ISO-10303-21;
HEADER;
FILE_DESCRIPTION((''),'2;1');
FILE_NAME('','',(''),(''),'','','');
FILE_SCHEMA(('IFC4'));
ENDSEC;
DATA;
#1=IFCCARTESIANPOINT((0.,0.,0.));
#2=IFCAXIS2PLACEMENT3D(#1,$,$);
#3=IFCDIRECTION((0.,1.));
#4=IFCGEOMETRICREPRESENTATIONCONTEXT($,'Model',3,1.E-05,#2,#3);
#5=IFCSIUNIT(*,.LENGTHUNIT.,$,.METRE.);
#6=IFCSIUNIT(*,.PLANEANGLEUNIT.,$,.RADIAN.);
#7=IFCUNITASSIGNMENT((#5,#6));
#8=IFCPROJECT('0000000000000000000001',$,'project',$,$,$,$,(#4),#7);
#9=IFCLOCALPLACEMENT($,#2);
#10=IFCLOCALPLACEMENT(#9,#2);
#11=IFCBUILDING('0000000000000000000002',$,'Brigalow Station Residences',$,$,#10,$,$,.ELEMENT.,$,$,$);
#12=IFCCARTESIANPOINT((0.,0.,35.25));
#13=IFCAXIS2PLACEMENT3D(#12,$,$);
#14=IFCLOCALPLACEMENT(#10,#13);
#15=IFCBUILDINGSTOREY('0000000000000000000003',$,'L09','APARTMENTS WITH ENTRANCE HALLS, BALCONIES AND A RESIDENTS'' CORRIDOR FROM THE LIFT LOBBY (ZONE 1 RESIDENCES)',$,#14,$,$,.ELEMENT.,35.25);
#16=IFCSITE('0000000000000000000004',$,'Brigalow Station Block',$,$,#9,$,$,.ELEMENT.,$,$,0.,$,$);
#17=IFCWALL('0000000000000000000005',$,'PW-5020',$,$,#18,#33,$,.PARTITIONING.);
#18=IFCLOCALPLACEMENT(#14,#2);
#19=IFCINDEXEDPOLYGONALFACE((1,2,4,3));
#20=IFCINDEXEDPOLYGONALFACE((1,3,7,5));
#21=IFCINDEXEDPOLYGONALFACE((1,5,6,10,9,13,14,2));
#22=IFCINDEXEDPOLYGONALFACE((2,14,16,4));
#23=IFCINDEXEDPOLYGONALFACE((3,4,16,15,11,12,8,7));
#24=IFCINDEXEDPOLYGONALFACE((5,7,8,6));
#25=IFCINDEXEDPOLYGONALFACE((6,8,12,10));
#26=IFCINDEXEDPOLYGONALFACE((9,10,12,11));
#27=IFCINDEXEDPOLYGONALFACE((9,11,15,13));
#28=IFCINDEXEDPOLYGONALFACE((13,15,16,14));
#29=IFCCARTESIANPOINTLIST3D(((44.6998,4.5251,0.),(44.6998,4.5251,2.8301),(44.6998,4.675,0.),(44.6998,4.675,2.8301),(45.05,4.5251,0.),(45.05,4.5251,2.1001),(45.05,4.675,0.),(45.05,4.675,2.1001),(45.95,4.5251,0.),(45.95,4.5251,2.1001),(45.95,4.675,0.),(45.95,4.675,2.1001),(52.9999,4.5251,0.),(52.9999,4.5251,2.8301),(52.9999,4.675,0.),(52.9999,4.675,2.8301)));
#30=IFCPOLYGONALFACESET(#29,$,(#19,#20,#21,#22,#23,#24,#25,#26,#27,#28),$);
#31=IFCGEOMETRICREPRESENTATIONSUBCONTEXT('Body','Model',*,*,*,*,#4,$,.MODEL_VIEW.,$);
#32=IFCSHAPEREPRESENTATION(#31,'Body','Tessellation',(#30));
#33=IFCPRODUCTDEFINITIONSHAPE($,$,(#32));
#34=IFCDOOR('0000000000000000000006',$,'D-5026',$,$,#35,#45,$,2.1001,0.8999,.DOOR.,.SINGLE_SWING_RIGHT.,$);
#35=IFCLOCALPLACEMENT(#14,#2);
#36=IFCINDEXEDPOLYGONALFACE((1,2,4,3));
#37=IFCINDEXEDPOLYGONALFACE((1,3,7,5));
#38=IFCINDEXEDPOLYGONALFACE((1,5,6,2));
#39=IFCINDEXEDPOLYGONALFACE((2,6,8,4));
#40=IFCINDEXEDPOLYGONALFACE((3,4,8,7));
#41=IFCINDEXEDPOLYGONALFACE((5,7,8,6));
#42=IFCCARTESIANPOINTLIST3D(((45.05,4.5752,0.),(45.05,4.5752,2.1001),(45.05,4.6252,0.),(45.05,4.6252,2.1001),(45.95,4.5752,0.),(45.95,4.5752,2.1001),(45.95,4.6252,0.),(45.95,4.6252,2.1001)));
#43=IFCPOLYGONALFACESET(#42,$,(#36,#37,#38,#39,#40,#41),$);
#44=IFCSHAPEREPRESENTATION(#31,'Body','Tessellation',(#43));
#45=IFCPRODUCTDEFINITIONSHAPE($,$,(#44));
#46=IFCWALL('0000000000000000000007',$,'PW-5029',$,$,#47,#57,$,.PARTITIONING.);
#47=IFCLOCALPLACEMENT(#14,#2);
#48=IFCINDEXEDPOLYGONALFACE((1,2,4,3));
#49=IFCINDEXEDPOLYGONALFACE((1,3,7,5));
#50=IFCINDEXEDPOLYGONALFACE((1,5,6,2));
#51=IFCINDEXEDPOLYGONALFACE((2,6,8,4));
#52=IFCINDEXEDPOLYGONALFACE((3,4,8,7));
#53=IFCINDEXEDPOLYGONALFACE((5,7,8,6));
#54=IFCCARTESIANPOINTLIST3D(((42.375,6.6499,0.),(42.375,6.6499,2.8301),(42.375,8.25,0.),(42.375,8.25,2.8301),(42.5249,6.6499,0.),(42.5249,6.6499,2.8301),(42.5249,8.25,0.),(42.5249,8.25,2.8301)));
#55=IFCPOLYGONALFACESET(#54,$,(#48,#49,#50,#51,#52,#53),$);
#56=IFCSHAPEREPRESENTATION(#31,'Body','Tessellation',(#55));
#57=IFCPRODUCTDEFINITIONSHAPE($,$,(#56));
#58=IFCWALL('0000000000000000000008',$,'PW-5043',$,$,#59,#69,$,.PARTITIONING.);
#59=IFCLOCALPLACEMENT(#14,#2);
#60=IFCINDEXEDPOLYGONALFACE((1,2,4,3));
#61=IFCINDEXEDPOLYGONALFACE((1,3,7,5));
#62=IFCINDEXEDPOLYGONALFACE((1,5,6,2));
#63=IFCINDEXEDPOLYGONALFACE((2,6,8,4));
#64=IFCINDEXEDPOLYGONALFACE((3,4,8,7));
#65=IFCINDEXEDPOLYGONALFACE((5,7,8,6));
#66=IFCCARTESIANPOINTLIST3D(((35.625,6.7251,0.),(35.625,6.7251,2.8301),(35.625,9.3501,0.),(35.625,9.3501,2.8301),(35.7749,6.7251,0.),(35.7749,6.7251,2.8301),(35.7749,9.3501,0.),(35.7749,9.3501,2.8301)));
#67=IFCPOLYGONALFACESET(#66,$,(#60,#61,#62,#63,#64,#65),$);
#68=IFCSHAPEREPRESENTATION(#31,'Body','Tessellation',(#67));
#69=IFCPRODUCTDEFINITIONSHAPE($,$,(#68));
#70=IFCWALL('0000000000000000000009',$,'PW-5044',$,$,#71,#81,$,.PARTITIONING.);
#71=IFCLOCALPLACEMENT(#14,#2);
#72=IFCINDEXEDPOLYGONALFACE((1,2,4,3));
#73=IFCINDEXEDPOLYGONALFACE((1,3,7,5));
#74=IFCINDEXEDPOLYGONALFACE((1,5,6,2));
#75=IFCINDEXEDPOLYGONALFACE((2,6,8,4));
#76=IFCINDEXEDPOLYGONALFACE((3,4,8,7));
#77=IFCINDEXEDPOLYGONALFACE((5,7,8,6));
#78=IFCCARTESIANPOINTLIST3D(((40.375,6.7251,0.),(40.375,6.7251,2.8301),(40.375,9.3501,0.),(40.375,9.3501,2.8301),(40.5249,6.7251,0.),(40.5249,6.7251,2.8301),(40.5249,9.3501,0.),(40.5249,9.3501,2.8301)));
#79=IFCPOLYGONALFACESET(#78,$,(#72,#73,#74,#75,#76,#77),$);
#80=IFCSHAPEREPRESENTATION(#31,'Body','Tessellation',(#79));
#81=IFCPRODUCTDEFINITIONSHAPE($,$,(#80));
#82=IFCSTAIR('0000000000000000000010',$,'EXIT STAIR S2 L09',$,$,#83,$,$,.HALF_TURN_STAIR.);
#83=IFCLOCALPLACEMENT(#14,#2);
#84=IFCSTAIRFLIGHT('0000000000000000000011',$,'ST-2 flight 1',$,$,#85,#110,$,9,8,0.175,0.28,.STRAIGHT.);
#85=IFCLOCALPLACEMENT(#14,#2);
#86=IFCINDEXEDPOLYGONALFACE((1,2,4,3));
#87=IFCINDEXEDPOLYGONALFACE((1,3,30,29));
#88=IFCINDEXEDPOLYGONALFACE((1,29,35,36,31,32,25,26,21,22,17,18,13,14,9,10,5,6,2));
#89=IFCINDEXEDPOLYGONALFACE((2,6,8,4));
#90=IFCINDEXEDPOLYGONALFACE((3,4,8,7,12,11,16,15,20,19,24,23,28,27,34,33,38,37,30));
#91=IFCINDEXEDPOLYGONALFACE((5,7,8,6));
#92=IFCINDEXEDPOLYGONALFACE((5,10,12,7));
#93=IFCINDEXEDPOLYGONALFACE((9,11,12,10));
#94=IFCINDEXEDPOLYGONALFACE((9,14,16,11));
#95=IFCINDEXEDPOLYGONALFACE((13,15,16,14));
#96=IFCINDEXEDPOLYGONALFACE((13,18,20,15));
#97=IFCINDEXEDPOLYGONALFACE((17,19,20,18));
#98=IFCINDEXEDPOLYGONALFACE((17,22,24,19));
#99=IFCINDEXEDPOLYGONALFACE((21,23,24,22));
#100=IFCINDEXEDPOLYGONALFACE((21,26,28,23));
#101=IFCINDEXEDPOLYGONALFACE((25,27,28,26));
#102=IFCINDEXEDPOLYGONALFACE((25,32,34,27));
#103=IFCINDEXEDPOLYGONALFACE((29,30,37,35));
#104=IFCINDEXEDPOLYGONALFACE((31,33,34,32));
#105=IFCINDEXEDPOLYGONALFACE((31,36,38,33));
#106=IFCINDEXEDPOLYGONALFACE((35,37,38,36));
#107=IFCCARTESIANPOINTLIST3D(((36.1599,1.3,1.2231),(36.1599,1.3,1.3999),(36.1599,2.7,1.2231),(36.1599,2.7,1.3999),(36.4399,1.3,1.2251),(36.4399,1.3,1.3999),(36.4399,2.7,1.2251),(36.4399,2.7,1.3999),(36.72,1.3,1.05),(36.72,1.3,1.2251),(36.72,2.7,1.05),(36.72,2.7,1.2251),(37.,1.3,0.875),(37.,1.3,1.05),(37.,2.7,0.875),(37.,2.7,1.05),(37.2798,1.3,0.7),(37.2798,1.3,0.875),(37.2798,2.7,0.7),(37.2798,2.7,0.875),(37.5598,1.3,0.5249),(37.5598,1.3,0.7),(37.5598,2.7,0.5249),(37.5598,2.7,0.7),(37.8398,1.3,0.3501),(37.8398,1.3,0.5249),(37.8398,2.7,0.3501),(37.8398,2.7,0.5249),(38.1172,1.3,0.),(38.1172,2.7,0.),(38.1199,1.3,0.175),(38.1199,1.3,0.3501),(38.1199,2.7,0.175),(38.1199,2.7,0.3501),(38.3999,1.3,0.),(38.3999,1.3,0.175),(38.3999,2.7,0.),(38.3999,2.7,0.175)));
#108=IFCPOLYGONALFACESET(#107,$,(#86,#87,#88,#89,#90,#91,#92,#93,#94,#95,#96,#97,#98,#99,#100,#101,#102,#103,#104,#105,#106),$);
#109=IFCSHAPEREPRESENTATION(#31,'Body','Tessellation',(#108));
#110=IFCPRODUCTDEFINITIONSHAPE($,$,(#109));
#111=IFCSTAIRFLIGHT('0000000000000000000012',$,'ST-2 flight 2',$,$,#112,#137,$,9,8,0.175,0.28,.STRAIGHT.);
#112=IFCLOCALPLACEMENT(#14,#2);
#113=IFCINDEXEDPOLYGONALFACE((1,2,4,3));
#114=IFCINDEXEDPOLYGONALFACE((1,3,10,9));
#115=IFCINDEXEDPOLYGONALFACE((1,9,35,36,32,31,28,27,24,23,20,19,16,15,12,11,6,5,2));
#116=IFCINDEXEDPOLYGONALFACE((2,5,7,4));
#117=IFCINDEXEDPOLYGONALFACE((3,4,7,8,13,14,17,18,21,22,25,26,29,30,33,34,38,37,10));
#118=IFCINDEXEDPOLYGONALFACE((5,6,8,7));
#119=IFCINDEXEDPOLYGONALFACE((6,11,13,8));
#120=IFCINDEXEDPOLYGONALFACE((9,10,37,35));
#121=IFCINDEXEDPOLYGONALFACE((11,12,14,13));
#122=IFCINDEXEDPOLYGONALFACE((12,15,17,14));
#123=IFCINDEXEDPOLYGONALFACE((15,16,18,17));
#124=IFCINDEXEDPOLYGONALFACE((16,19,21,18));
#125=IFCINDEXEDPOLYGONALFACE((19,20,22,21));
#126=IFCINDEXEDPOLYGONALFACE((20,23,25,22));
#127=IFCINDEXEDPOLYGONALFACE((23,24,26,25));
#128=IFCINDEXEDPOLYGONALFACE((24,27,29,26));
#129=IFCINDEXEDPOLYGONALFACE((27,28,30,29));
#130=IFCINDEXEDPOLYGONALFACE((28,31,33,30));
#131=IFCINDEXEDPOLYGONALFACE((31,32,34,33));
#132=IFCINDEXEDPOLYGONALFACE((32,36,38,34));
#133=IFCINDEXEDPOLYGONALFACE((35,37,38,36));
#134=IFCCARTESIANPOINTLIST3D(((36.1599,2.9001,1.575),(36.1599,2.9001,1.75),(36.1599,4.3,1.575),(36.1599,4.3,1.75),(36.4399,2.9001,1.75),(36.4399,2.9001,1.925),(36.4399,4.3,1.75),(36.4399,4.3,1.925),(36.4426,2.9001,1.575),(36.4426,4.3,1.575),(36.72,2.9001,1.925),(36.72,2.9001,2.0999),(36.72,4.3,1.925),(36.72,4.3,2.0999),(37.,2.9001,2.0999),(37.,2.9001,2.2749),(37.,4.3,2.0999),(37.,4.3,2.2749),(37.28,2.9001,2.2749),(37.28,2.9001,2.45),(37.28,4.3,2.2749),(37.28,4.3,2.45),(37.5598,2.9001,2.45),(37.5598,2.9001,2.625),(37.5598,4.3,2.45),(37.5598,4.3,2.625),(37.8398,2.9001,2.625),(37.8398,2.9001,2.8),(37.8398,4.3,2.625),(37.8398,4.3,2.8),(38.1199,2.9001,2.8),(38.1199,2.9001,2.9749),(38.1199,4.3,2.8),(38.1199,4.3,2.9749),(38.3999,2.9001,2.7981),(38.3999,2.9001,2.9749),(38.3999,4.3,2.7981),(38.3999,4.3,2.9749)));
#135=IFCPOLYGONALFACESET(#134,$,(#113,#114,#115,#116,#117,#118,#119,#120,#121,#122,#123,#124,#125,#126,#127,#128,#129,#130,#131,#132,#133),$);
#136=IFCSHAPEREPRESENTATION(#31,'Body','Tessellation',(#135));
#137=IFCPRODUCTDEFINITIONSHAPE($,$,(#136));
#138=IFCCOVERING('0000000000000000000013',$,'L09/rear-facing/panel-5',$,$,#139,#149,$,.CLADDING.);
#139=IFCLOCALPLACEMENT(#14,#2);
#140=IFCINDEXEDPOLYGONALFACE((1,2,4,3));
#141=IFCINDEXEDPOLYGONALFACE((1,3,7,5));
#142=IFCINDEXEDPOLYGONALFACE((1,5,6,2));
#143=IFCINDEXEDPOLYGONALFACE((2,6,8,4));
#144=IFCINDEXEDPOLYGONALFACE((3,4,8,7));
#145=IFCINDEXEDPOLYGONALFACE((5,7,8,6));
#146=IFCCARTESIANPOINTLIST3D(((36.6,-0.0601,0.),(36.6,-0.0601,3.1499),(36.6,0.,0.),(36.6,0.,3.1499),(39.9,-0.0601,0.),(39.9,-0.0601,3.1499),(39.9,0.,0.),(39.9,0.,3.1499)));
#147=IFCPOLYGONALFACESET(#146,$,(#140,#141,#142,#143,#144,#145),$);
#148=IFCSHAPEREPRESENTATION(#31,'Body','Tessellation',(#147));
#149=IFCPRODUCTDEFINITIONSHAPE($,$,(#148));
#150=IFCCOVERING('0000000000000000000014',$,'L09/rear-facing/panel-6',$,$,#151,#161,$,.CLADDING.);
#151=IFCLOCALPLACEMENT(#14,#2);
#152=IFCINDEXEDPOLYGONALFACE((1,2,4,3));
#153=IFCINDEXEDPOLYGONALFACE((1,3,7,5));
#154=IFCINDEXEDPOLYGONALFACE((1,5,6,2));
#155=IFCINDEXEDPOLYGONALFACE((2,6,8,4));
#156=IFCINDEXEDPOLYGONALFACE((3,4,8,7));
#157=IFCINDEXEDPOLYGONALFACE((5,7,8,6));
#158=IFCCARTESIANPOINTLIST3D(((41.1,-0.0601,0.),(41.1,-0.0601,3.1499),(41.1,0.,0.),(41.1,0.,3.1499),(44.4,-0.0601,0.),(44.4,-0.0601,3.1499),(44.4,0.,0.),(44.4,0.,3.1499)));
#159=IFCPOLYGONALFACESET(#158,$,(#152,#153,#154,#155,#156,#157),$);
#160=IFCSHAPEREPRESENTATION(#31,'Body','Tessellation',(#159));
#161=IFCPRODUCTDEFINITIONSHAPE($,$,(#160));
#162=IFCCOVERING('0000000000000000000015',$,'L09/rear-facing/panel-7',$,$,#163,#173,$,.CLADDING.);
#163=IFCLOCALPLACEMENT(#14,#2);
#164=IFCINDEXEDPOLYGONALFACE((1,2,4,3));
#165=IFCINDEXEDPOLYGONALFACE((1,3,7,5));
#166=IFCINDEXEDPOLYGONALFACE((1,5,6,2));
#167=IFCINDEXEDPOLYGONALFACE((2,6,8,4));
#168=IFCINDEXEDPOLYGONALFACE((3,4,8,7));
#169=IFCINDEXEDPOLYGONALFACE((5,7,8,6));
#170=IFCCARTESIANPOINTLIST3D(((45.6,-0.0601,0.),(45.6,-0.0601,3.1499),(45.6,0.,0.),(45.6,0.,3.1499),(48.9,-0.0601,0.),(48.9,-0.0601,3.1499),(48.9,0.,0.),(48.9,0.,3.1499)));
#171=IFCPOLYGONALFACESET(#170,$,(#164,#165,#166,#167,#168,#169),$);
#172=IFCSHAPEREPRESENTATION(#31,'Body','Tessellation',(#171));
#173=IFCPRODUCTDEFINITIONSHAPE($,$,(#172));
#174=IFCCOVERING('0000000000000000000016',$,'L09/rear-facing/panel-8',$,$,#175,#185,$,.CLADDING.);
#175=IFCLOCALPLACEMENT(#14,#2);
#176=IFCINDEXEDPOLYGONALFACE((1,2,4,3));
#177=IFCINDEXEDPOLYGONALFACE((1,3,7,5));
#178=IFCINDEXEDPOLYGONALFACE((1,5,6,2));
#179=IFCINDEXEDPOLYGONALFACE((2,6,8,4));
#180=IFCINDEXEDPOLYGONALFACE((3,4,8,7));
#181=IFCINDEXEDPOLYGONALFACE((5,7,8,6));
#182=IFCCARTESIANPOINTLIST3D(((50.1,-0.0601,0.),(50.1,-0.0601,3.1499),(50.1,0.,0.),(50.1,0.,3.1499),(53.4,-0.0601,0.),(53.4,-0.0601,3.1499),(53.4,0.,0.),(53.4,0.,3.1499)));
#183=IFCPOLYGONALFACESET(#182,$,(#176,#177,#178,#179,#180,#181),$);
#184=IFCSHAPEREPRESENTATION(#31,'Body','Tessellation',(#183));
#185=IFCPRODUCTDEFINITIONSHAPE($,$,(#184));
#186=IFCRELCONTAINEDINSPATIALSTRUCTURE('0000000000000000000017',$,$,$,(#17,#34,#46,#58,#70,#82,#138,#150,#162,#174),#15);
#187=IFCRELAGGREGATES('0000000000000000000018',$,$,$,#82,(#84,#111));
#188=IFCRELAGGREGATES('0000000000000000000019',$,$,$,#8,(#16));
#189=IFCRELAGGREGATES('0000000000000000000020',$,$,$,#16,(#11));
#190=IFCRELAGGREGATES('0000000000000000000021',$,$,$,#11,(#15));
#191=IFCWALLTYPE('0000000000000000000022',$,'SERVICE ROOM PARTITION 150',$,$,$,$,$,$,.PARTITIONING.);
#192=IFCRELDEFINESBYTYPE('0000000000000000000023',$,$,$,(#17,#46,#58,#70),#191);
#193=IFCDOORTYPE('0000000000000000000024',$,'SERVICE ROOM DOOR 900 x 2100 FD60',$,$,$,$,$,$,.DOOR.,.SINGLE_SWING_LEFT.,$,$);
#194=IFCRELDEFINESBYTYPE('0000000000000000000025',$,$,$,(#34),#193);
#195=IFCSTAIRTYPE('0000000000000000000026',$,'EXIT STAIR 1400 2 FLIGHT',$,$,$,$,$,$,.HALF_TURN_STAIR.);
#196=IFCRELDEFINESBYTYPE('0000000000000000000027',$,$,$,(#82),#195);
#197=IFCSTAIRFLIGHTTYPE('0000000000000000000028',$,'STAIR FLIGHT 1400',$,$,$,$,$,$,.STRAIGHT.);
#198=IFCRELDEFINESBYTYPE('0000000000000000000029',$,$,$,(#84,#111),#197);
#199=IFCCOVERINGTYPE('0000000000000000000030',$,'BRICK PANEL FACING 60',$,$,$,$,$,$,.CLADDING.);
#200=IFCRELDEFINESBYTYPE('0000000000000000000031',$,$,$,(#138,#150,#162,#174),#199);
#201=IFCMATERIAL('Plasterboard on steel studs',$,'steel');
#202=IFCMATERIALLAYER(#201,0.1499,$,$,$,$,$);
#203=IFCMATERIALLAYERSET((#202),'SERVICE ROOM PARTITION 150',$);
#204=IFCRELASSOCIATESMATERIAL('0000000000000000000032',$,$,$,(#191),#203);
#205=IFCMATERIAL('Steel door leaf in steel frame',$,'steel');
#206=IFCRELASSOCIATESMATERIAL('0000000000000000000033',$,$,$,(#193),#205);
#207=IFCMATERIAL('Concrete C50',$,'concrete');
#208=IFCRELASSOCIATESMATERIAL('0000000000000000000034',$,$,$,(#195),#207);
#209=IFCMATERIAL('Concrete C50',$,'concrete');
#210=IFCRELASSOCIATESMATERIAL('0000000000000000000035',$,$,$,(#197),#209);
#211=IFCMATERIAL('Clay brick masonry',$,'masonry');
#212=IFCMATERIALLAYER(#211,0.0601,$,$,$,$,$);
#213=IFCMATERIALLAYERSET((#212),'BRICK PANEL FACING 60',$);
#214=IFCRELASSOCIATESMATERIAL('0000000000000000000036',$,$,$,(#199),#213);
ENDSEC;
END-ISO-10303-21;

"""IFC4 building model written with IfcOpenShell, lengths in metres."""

from ifc_helpers import new_model, si_unit, direction, frame, frame_2d, origin, origin_2d, place, context, subcontext, project, spatial, polyline, rectangle, outline, extrude, material, layer, layer_set, type_object, element, fill, aggregate, save


model = new_model("IFC4")

# Units and contexts
model_context = context("Model", 3, precision=1e-05, world=origin(), true_north=direction((0.0, 1.0)))
body_context = subcontext(model_context, "Body", "Model", "MODEL_VIEW")
ifc_project = project(units=[si_unit("LENGTHUNIT", "METRE"), si_unit("PLANEANGLEUNIT", "RADIAN")], contexts=[model_context])

# Site, building, storey
site_placement = place(None, origin())
site = spatial("IfcSite", under=ifc_project, at=site_placement, Name="Brigalow Station Block", CompositionType="ELEMENT", RefElevation=0.0)
building_placement = place(site_placement, origin())
building = spatial("IfcBuilding", under=site, at=building_placement, Name="Brigalow Station Residences", CompositionType="ELEMENT")
storey_placement = place(building_placement, frame((0.0, 0.0, 35.25)))
storey = spatial("IfcBuildingStorey", under=building, at=storey_placement, Name="L09", Description="APARTMENTS WITH ENTRANCE HALLS, BALCONIES AND A RESIDENTS' CORRIDOR FROM THE LIFT LOBBY (ZONE 1 RESIDENCES)", CompositionType="ELEMENT", Elevation=35.25)

# Wall, opening, door
ifc_material_1 = material(Name="Plasterboard on steel studs", Category="steel")
ifc_layer_1 = layer(ifc_material_1, 0.1499)
ifc_layer_set_1 = layer_set([ifc_layer_1], Name="SERVICE ROOM PARTITION 150")
wall_type_1 = type_object("IfcWallType", Name="SERVICE ROOM PARTITION 150", PredefinedType="PARTITIONING", material=ifc_layer_set_1)
wall_1_placement = place(storey_placement, frame((44.7, 4.6001, 0.0), z_axis=(0.0, 0.0, 1.0), x_axis=(1.0, 0.0, 0.0)))
wall_1 = element("IfcWall", 1, at=wall_1_placement, inside=storey, type_object=wall_type_1, Name="PW-5020", PredefinedType="PARTITIONING", context=body_context, shape_type="SweptSolid", body=[
    extrude(rectangle(XDim=8.3, YDim=0.1499, at=frame_2d((4.1499, 0.0))), origin(), (0.0, 0.0, 1.0), 2.8301),
])
opening_1_placement = place(wall_1_placement, frame((0.3501, 0.0, 0.0)))
opening_1 = element("IfcOpeningElement", 2, at=opening_1_placement, cuts=wall_1, PredefinedType="OPENING", context=body_context, shape_type="SweptSolid", body=[
    extrude(rectangle(XDim=0.8999, YDim=2.1001, at=frame_2d((0.45, 1.05))), frame((0.0, 0.085, 0.0), z_axis=(0.0, -1.0, 0.0), x_axis=(1.0, 0.0, 0.0)), (0.0, 0.0, 1.0), 0.1699),
])
ifc_material_2 = material(Name="Steel door leaf in steel frame", Category="steel")
door_type_1 = type_object("IfcDoorType", Name="SERVICE ROOM DOOR 900 x 2100 FD60", OperationType="SINGLE_SWING_LEFT", PredefinedType="DOOR", material=ifc_material_2)
door_1_placement = place(opening_1_placement, frame((0.8999, 0.0, 0.0), z_axis=(0.0, 0.0, 1.0), x_axis=(-1.0, 0.0, 0.0)))
door_1 = element("IfcDoor", 3, at=door_1_placement, inside=storey, type_object=door_type_1, Name="D-5026", OperationType="SINGLE_SWING_RIGHT", OverallHeight=2.1001, OverallWidth=0.8999, PredefinedType="DOOR", context=body_context, shape_type="SweptSolid", body=[
    extrude(rectangle(XDim=0.8999, YDim=2.1001, at=frame_2d((0.45, 1.05))), frame((0.0, 0.0249, 0.0), z_axis=(0.0, -1.0, 0.0), x_axis=(1.0, 0.0, 0.0)), (0.0, 0.0, 1.0), 0.05),
])
fill(opening_1, door_1)

# Walls
wall_2_placement = place(storey_placement, frame((42.45, 6.6499, 0.0), z_axis=(0.0, 0.0, 1.0), x_axis=(0.0, 1.0, 0.0)))
element("IfcWall", 4, at=wall_2_placement, inside=storey, type_object=wall_type_1, Name="PW-5029", PredefinedType="PARTITIONING", context=body_context, shape_type="SweptSolid", body=[
    extrude(rectangle(XDim=1.6001, YDim=0.1499, at=frame_2d((0.8, 0.0))), origin(), (0.0, 0.0, 1.0), 2.8301),
])
for number, where, z_axis, x_axis, name in (
    (5, (35.7, 6.7251, 0.0), (0.0, 0.0, 1.0), (0.0, 1.0, 0.0), "PW-5043"),
    (6, (40.45, 6.7251, 0.0), (0.0, 0.0, 1.0), (0.0, 1.0, 0.0), "PW-5044"),
):
    element("IfcWall", number, at=place(storey_placement, frame(where, z_axis=z_axis, x_axis=x_axis)), inside=storey, type_object=wall_type_1, Name=name, PredefinedType="PARTITIONING", context=body_context, shape_type="SweptSolid", body=[
        extrude(rectangle(XDim=2.625, YDim=0.1499, at=frame_2d((1.3125, 0.0))), origin(), (0.0, 0.0, 1.0), 2.8301),
    ])

# Stair, stair flights
ifc_material_3 = material(Name="Concrete C50", Category="concrete")
stair_type = type_object("IfcStairType", Name="EXIT STAIR 1400 2 FLIGHT", PredefinedType="HALF_TURN_STAIR", material=ifc_material_3)
stair_placement = place(storey_placement, origin())
stair = element("IfcStair", 7, at=stair_placement, inside=storey, type_object=stair_type, Name="EXIT STAIR S2 L09", PredefinedType="HALF_TURN_STAIR")
ifc_material_4 = material(Name="Concrete C50", Category="concrete")
stair_flight_type = type_object("IfcStairFlightType", Name="STAIR FLIGHT 1400", PredefinedType="STRAIGHT", material=ifc_material_4)
stair_flight_1_placement = place(storey_placement, frame((38.3999, 2.0, 0.0), z_axis=(0.0, 0.0, 1.0), x_axis=(-1.0, 0.0, 0.0)))
stair_flight_1 = element("IfcStairFlight", 8, at=stair_flight_1_placement, type_object=stair_flight_type, Name="ST-2 flight 1", NumberOfRisers=9, NumberOfTreads=8, PredefinedType="STRAIGHT", RiserHeight=0.175, TreadLength=0.28, context=body_context, shape_type="SweptSolid", body=[
    extrude(outline(polyline([(0.0, 0.0), (0.0, 0.175), (0.28, 0.175), (0.28, 0.3501), (0.5601, 0.3501), (0.5601, 0.5249), (0.8401, 0.5249), (0.8401, 0.7), (1.1201, 0.7), (1.1201, 0.875), (1.3999, 0.875), (1.3999, 1.05), (1.6799, 1.05), (1.6799, 1.2251), (1.96, 1.2251), (1.96, 1.3999), (2.24, 1.3999), (2.24, 1.575), (2.24, 1.2231), (0.2827, 0.0), (0.0, 0.0)])), frame((0.0, 0.7, 0.0), z_axis=(0.0, -1.0, 0.0), x_axis=(1.0, 0.0, 0.0)), (0.0, 0.0, 1.0), 1.3999),
])
stair_flight_2_placement = place(storey_placement, frame((36.1599, 3.6001, 1.575), z_axis=(0.0, 0.0, 1.0), x_axis=(1.0, 0.0, 0.0)))
stair_flight_2 = element("IfcStairFlight", 9, at=stair_flight_2_placement, type_object=stair_flight_type, Name="ST-2 flight 2", NumberOfRisers=9, NumberOfTreads=8, PredefinedType="STRAIGHT", RiserHeight=0.175, TreadLength=0.28, context=body_context, shape_type="SweptSolid", body=[
    extrude(outline(polyline([(0.0, 0.0), (0.0, 0.175), (0.28, 0.175), (0.28, 0.3501), (0.5601, 0.3501), (0.5601, 0.5249), (0.8401, 0.5249), (0.8401, 0.7), (1.1201, 0.7), (1.1201, 0.875), (1.3999, 0.875), (1.3999, 1.05), (1.6799, 1.05), (1.6799, 1.2251), (1.96, 1.2251), (1.96, 1.3999), (2.24, 1.3999), (2.24, 1.575), (2.24, 1.2231), (0.2827, 0.0), (0.0, 0.0)])), frame((0.0, 0.7, 0.0), z_axis=(0.0, -1.0, 0.0), x_axis=(1.0, 0.0, 0.0)), (0.0, 0.0, 1.0), 1.3999),
])
aggregate(stair, [stair_flight_1, stair_flight_2])

# Coverings
ifc_material_5 = material(Name="Clay brick masonry", Category="masonry")
ifc_layer_2 = layer(ifc_material_5, 0.0601)
ifc_layer_set_2 = layer_set([ifc_layer_2], Name="BRICK PANEL FACING 60")
covering_type_1 = type_object("IfcCoveringType", Name="BRICK PANEL FACING 60", PredefinedType="CLADDING", material=ifc_layer_set_2)
for number, where, z_axis, x_axis, name in (
    (10, (38.25, -0.03, 0.0), (0.0, 0.0, 1.0), (1.0, 0.0, 0.0), "L09/rear-facing/panel-5"),
    (11, (42.75, -0.03, 0.0), (0.0, 0.0, 1.0), (1.0, 0.0, 0.0), "L09/rear-facing/panel-6"),
    (12, (47.25, -0.03, 0.0), (0.0, 0.0, 1.0), (1.0, 0.0, 0.0), "L09/rear-facing/panel-7"),
    (13, (51.75, -0.03, 0.0), (0.0, 0.0, 1.0), (1.0, 0.0, 0.0), "L09/rear-facing/panel-8"),
):
    element("IfcCovering", number, at=place(storey_placement, frame(where, z_axis=z_axis, x_axis=x_axis)), inside=storey, type_object=covering_type_1, Name=name, PredefinedType="CLADDING", context=body_context, shape_type="SweptSolid", body=[
        extrude(rectangle(XDim=3.3, YDim=0.0601, at=origin_2d()), origin(), (0.0, 0.0, 1.0), 3.1499),
    ])

save(model, "model.ifc")
